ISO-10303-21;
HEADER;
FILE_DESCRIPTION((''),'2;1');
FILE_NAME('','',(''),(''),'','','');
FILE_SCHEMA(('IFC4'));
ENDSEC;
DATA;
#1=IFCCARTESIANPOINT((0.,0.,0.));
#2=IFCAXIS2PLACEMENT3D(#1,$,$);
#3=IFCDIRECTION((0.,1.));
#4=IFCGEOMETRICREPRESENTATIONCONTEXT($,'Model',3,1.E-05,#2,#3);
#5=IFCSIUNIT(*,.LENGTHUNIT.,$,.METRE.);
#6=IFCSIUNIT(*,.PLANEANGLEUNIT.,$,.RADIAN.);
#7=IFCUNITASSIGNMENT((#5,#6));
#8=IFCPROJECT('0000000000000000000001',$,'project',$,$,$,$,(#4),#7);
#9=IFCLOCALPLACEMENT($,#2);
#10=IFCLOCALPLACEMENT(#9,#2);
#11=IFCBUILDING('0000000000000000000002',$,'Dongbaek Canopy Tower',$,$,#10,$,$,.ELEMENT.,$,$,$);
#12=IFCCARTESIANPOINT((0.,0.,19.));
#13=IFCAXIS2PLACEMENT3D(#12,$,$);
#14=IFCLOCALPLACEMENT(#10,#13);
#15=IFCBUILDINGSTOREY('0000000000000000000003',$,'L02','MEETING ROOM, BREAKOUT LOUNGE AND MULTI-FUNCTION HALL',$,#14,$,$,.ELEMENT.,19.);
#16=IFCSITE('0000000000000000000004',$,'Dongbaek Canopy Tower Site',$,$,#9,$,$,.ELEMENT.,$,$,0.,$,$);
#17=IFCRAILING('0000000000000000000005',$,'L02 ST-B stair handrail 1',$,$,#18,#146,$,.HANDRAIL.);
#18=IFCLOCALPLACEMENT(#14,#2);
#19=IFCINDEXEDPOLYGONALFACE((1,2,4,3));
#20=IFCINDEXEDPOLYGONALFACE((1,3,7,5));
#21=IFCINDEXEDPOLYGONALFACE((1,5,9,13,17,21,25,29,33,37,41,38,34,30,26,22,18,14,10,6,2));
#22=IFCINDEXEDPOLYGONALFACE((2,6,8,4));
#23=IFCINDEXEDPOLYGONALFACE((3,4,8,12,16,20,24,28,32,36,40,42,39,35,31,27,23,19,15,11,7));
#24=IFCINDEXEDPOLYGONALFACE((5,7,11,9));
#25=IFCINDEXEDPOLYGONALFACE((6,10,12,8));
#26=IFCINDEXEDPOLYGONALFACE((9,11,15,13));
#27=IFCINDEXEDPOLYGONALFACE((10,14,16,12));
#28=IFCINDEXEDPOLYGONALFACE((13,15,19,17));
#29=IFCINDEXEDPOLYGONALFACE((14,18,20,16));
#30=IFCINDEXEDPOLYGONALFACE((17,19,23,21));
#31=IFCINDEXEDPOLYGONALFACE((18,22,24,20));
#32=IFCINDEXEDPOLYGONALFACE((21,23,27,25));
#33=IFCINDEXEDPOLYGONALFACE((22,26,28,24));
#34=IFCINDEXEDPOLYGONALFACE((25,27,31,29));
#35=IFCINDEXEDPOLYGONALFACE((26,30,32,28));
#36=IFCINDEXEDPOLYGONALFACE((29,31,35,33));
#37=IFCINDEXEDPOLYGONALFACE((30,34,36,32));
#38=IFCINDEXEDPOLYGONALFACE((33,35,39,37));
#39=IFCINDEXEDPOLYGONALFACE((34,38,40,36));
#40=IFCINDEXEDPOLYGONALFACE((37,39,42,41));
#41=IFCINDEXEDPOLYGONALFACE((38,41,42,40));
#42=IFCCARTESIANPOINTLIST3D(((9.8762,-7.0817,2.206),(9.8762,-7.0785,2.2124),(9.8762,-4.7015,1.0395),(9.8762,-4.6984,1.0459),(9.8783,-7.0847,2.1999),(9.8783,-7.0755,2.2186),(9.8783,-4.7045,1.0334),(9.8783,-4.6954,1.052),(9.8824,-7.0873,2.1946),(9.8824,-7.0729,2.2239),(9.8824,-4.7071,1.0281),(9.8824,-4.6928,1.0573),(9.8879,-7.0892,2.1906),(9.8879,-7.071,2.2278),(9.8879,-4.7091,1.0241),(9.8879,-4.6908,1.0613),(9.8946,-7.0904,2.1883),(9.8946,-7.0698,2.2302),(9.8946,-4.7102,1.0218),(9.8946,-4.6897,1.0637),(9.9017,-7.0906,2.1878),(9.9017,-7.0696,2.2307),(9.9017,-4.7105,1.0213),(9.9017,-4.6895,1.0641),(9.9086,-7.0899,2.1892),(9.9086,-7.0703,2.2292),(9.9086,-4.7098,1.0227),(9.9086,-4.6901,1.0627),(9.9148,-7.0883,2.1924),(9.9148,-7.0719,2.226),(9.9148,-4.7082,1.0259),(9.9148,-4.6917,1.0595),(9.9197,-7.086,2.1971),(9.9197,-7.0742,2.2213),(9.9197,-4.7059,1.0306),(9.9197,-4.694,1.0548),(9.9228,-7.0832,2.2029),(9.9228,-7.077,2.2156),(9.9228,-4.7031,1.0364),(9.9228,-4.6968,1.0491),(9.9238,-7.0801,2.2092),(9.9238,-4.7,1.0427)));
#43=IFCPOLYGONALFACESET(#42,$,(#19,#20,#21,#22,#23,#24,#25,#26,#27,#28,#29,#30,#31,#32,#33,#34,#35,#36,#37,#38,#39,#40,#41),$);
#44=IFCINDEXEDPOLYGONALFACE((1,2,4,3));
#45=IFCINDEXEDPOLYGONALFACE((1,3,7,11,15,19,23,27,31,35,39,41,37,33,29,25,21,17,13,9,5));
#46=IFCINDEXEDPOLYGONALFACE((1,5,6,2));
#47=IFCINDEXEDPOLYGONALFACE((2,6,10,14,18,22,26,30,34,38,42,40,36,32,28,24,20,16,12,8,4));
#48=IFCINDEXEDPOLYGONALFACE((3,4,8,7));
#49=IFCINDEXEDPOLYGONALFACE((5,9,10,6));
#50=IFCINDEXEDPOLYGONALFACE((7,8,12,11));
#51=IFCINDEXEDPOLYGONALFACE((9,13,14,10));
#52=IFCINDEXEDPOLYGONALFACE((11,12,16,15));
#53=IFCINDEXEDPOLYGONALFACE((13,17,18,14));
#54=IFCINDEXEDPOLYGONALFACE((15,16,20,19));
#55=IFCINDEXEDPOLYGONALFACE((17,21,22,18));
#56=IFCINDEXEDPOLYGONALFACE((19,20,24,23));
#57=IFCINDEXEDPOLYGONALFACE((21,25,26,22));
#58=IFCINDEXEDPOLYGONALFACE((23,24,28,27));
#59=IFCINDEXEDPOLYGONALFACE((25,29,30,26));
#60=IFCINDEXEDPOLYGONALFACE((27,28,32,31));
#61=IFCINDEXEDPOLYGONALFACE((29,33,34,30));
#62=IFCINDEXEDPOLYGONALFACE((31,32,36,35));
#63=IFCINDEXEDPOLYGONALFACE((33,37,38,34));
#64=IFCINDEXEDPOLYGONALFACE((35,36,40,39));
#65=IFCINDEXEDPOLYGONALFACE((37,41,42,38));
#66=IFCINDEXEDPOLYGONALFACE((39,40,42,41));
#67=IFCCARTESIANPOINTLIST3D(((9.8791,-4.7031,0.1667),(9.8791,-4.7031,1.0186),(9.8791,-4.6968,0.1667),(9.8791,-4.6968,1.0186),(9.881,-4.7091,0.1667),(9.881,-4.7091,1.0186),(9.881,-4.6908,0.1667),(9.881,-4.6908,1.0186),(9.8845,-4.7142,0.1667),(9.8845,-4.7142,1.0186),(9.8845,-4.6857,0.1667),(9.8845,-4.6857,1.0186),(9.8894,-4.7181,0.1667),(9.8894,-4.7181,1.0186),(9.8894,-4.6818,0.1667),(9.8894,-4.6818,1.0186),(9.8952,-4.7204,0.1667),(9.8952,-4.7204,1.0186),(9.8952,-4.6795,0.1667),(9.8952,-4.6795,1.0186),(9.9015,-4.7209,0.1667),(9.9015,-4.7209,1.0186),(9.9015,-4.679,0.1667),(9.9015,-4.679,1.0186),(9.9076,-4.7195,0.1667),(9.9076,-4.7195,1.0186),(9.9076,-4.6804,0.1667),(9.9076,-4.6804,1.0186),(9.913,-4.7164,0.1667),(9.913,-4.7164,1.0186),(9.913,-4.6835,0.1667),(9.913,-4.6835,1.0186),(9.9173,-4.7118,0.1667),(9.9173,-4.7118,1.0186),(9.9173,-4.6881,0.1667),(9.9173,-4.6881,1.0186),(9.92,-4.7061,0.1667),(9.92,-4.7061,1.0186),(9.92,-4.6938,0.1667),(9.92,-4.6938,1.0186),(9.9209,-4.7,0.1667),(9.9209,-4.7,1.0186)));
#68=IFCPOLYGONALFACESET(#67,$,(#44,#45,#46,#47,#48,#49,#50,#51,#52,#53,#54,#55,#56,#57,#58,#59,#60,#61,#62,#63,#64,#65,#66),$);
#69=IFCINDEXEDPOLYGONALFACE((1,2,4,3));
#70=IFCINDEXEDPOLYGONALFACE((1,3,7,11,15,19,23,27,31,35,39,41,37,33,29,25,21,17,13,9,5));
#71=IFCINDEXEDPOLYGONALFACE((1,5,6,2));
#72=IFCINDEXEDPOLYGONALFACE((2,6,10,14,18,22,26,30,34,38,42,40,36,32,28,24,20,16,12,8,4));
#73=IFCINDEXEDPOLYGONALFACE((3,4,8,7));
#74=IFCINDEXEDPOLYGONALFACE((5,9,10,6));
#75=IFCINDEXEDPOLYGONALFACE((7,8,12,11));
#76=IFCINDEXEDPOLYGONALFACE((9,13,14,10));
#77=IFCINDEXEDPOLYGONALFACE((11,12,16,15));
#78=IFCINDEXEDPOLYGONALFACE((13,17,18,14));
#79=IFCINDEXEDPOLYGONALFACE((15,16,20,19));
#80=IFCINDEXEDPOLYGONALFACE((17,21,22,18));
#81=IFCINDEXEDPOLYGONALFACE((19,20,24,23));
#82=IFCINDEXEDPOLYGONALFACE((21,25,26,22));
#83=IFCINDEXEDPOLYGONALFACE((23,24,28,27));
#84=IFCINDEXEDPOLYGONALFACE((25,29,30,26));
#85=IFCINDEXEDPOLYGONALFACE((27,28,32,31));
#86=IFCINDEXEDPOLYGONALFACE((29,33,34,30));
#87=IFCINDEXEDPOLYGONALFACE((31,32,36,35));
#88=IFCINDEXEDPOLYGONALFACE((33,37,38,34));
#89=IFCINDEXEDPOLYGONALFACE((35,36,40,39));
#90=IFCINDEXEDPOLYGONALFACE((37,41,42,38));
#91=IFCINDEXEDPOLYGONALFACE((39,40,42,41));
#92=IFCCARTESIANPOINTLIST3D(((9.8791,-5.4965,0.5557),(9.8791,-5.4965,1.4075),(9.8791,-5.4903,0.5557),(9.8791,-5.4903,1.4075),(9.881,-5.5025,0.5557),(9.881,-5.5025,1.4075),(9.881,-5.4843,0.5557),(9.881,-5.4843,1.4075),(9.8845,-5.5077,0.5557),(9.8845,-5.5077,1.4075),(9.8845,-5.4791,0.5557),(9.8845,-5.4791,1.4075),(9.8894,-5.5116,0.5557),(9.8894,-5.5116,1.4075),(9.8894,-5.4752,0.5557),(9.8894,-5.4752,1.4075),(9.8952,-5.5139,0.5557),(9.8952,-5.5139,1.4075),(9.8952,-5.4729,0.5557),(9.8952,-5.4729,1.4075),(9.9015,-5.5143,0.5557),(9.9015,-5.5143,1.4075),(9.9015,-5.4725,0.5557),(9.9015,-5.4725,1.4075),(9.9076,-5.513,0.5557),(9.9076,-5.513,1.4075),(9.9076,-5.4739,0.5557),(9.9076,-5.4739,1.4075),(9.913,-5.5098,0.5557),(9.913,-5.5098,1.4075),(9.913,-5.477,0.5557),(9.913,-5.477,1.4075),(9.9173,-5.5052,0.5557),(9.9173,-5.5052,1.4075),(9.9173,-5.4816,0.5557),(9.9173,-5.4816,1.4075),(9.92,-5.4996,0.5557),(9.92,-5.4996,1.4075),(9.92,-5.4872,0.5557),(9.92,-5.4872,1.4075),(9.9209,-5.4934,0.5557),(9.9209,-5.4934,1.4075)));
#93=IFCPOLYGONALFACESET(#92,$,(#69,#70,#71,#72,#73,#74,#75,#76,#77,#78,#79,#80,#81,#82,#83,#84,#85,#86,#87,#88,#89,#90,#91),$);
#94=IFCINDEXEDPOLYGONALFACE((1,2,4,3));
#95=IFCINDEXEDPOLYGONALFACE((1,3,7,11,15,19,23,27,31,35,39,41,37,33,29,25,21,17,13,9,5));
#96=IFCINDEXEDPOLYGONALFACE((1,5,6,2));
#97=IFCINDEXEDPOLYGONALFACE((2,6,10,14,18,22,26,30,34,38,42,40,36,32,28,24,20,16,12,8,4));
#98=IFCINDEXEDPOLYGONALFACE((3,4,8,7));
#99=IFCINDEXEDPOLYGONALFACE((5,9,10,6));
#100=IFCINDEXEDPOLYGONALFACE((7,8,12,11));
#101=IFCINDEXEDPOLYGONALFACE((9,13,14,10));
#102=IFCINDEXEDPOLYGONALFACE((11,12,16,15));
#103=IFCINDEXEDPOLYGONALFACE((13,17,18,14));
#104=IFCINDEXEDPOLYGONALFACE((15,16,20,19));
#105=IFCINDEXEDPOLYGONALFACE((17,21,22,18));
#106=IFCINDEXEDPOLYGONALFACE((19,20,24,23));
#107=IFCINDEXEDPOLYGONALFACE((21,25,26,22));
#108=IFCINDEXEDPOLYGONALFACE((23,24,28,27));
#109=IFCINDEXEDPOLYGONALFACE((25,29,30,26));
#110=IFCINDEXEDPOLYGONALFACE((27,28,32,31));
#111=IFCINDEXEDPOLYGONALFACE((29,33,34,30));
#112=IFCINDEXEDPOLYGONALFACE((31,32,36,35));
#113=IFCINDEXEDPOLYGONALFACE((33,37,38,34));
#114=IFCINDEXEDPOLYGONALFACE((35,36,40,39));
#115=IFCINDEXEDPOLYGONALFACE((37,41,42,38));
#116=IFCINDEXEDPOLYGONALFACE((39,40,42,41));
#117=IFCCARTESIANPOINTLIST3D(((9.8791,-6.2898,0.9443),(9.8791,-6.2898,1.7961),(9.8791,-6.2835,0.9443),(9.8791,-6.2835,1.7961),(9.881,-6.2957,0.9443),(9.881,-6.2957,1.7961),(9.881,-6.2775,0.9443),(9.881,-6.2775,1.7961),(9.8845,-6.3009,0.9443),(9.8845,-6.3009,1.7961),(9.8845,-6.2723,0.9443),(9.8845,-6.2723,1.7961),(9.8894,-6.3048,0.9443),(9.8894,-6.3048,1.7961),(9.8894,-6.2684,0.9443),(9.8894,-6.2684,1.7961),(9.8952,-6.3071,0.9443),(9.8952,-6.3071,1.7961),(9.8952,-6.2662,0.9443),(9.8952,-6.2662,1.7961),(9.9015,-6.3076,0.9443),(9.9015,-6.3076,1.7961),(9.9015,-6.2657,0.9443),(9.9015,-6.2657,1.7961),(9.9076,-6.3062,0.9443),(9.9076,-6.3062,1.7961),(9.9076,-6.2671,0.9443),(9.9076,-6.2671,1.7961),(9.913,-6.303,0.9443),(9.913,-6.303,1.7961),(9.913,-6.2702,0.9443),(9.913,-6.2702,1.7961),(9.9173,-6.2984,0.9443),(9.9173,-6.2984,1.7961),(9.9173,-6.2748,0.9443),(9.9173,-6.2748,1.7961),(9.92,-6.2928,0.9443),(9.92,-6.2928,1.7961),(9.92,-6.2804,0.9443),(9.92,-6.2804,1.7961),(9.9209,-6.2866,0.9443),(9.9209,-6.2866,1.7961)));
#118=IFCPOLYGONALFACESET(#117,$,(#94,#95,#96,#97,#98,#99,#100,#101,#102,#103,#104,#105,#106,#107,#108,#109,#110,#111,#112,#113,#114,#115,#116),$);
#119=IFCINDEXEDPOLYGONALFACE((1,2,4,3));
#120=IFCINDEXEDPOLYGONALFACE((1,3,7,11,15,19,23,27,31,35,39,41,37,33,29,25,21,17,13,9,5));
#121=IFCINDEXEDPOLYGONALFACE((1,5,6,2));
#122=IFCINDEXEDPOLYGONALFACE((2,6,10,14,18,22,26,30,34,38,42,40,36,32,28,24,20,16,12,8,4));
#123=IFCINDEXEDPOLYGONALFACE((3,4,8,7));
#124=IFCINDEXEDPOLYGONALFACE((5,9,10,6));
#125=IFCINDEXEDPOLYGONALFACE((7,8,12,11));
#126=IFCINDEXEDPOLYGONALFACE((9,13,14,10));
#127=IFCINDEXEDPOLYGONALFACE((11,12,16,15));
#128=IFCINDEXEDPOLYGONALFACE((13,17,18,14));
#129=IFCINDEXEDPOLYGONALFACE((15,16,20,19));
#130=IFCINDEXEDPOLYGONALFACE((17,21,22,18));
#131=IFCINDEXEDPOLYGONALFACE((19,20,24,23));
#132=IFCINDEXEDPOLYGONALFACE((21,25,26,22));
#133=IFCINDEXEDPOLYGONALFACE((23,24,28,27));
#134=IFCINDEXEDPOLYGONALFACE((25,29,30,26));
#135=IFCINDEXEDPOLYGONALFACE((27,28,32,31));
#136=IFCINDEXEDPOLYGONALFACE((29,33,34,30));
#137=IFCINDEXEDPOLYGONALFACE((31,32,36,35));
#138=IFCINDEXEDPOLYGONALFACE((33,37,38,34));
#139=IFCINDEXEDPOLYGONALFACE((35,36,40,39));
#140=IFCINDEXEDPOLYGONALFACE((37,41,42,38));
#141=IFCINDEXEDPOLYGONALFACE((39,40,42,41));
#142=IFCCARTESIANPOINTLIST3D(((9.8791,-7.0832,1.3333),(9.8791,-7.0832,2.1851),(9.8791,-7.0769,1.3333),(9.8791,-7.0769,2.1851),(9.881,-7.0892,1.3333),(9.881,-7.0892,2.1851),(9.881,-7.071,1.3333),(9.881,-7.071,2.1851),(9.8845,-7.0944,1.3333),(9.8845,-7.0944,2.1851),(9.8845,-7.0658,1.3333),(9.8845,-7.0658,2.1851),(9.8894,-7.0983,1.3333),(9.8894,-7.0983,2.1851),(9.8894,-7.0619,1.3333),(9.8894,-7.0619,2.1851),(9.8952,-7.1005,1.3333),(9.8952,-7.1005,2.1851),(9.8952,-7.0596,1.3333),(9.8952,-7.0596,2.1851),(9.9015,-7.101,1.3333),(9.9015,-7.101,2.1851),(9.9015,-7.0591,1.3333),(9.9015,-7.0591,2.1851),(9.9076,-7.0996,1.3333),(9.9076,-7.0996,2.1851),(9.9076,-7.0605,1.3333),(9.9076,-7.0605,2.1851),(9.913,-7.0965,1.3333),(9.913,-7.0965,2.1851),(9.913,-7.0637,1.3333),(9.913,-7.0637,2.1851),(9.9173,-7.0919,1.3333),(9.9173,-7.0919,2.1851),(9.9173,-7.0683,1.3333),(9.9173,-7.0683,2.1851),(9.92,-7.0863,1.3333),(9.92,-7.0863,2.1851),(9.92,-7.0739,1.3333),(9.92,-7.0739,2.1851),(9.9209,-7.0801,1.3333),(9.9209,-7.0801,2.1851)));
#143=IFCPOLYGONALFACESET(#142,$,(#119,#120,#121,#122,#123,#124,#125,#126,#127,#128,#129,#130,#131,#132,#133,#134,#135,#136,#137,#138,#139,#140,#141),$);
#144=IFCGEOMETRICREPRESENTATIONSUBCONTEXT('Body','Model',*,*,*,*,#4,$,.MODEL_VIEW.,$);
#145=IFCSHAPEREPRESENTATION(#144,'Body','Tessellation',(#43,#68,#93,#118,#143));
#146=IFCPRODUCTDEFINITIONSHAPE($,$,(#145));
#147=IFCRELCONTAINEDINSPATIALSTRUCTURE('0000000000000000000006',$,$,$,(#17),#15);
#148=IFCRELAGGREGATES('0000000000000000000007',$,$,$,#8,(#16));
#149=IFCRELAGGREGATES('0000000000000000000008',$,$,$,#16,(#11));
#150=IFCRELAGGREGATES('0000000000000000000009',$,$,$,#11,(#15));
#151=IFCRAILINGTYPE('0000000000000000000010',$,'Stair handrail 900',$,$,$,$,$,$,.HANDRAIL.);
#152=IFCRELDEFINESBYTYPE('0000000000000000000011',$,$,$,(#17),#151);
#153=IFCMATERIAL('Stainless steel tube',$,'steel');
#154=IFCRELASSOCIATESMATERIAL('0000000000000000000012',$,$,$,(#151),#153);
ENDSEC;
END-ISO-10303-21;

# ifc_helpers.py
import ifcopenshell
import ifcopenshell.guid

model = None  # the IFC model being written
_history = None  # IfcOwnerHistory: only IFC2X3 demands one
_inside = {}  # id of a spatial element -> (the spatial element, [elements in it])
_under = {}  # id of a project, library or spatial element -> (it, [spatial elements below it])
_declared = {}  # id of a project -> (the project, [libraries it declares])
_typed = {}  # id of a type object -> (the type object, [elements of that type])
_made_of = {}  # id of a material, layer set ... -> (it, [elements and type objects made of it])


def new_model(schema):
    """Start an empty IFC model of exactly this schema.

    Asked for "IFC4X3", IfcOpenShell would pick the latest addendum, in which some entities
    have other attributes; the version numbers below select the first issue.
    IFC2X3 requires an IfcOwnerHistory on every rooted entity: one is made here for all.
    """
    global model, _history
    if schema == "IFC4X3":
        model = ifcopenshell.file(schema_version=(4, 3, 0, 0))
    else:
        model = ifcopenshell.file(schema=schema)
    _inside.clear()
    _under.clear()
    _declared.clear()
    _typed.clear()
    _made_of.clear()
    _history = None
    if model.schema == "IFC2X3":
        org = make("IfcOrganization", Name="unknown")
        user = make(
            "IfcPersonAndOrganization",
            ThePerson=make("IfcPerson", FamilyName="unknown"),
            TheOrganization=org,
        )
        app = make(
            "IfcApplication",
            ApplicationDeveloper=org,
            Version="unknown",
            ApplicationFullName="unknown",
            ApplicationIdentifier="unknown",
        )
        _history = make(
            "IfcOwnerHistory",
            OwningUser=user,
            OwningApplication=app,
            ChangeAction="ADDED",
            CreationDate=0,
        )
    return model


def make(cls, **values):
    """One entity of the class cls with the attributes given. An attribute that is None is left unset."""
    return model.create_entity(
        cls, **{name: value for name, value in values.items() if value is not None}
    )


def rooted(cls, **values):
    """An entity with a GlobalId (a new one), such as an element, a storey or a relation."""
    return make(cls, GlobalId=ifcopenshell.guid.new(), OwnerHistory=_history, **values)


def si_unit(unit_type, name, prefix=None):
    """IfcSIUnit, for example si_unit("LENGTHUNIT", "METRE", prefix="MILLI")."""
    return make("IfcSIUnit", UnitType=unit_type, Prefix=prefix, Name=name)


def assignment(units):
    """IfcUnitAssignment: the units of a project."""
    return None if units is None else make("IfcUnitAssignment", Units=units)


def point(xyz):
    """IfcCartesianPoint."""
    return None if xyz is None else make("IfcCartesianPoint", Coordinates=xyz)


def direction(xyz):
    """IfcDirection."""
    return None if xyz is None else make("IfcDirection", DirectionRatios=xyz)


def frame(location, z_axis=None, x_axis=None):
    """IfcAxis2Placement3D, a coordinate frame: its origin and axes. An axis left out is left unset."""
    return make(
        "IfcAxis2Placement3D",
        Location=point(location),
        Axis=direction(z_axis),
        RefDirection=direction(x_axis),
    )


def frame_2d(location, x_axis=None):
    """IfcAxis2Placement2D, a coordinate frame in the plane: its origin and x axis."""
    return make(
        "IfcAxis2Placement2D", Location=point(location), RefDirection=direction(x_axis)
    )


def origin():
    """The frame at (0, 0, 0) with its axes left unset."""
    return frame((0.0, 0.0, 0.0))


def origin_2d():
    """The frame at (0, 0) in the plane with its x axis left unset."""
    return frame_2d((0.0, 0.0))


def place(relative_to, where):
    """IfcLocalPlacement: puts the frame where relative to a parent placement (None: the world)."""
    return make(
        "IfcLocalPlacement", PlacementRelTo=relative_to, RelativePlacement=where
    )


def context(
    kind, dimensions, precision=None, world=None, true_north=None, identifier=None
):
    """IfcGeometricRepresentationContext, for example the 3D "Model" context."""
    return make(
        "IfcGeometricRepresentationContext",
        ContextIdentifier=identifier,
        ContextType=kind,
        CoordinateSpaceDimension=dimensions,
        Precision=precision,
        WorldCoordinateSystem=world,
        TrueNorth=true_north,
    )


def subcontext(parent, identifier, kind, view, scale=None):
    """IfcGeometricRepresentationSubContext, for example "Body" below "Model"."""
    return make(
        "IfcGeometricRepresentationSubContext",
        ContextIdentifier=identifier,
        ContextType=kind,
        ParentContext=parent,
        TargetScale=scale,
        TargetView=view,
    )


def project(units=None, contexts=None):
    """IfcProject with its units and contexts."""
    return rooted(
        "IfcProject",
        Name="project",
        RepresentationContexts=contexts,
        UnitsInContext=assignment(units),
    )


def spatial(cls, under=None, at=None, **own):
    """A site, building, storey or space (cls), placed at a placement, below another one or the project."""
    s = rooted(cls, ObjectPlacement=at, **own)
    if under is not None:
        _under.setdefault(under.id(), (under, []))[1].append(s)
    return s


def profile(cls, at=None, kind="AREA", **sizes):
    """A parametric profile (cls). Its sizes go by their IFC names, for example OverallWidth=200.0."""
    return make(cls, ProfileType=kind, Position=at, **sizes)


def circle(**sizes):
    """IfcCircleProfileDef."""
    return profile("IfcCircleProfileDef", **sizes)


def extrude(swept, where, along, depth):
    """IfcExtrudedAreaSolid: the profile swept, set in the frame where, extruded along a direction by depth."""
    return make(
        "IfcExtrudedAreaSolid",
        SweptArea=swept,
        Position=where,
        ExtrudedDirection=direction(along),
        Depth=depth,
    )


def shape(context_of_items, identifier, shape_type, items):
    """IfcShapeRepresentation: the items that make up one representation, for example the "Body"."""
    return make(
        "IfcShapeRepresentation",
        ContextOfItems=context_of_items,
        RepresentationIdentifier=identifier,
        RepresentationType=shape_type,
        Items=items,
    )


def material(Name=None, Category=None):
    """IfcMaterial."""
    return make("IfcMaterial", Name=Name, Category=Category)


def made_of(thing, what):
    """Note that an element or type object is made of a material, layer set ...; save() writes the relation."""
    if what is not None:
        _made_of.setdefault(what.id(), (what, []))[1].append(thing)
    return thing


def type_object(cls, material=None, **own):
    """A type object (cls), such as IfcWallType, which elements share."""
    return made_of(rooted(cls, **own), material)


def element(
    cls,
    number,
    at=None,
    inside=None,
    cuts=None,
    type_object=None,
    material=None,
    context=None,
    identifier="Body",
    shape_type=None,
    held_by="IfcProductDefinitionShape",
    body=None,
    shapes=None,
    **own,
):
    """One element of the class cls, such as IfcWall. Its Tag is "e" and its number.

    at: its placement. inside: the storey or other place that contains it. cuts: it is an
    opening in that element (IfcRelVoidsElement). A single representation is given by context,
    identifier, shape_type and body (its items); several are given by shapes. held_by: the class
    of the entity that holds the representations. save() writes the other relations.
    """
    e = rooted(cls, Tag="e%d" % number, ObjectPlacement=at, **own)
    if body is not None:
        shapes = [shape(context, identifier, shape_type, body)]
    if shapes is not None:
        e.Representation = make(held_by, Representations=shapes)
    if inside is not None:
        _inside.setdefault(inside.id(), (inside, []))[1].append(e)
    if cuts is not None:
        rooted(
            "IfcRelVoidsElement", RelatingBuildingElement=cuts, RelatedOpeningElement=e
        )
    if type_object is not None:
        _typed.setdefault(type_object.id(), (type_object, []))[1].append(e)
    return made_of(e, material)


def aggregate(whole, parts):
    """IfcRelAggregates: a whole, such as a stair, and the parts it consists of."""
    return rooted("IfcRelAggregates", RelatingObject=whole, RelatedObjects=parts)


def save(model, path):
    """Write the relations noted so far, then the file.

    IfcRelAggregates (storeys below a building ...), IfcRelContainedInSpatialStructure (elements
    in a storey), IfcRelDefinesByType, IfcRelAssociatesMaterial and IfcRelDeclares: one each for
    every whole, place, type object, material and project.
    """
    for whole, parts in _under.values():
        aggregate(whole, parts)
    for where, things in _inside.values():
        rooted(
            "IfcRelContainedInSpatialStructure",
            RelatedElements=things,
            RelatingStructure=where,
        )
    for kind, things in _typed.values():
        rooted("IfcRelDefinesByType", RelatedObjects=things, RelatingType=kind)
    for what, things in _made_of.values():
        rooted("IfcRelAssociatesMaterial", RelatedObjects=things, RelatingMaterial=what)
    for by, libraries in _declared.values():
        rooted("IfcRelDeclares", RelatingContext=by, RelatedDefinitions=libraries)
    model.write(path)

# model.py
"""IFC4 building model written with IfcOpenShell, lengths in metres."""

from ifc_helpers import new_model, si_unit, direction, frame, origin, origin_2d, place, context, subcontext, project, spatial, circle, extrude, material, type_object, element, save


model = new_model("IFC4")

# Units and contexts
model_context = context("Model", 3, precision=1e-05, world=origin(), true_north=direction((0.0, 1.0)))
body_context = subcontext(model_context, "Body", "Model", "MODEL_VIEW")
ifc_project = project(units=[si_unit("LENGTHUNIT", "METRE"), si_unit("PLANEANGLEUNIT", "RADIAN")], contexts=[model_context])

# Site, building, storey
site_placement = place(None, origin())
site = spatial("IfcSite", under=ifc_project, at=site_placement, Name="Dongbaek Canopy Tower Site", CompositionType="ELEMENT", RefElevation=0.0)
building_placement = place(site_placement, origin())
building = spatial("IfcBuilding", under=site, at=building_placement, Name="Dongbaek Canopy Tower", CompositionType="ELEMENT")
storey_placement = place(building_placement, frame((0.0, 0.0, 19.0)))
storey = spatial("IfcBuildingStorey", under=building, at=storey_placement, Name="L02", Description="MEETING ROOM, BREAKOUT LOUNGE AND MULTI-FUNCTION HALL", CompositionType="ELEMENT", Elevation=19.0)

# Railing
ifc_material_1 = material(Name="Stainless steel tube", Category="steel")
railing_type = type_object("IfcRailingType", Name="Stair handrail 900", PredefinedType="HANDRAIL", material=ifc_material_1)
railing_placement = place(storey_placement, frame((9.8999, -4.7, 0.1667)))
element("IfcRailing", 1, at=railing_placement, inside=storey, type_object=railing_type, Name="L02 ST-B stair handrail 1", PredefinedType="HANDRAIL", context=body_context, shape_type="SweptSolid", body=[
    extrude(circle(Radius=0.0239, at=origin_2d()), frame((0.0, 0.0, 0.876), z_axis=(0.0, -0.897954, 0.440089), x_axis=(1.0, 0.0, 0.0)), (0.0, 0.0, 1.0), 2.6506),
    extrude(circle(Radius=0.021, at=origin_2d()), origin(), (0.0, 0.0, 1.0), 0.8518),
    extrude(circle(Radius=0.021, at=origin_2d()), frame((0.0, -0.7935, 0.3889)), (0.0, 0.0, 1.0), 0.8518),
    extrude(circle(Radius=0.021, at=origin_2d()), frame((0.0, -1.5867, 0.7776)), (0.0, 0.0, 1.0), 0.8518),
    extrude(circle(Radius=0.021, at=origin_2d()), frame((0.0, -2.3801, 1.1665)), (0.0, 0.0, 1.0), 0.8518),
])

save(model, "model.ifc")
